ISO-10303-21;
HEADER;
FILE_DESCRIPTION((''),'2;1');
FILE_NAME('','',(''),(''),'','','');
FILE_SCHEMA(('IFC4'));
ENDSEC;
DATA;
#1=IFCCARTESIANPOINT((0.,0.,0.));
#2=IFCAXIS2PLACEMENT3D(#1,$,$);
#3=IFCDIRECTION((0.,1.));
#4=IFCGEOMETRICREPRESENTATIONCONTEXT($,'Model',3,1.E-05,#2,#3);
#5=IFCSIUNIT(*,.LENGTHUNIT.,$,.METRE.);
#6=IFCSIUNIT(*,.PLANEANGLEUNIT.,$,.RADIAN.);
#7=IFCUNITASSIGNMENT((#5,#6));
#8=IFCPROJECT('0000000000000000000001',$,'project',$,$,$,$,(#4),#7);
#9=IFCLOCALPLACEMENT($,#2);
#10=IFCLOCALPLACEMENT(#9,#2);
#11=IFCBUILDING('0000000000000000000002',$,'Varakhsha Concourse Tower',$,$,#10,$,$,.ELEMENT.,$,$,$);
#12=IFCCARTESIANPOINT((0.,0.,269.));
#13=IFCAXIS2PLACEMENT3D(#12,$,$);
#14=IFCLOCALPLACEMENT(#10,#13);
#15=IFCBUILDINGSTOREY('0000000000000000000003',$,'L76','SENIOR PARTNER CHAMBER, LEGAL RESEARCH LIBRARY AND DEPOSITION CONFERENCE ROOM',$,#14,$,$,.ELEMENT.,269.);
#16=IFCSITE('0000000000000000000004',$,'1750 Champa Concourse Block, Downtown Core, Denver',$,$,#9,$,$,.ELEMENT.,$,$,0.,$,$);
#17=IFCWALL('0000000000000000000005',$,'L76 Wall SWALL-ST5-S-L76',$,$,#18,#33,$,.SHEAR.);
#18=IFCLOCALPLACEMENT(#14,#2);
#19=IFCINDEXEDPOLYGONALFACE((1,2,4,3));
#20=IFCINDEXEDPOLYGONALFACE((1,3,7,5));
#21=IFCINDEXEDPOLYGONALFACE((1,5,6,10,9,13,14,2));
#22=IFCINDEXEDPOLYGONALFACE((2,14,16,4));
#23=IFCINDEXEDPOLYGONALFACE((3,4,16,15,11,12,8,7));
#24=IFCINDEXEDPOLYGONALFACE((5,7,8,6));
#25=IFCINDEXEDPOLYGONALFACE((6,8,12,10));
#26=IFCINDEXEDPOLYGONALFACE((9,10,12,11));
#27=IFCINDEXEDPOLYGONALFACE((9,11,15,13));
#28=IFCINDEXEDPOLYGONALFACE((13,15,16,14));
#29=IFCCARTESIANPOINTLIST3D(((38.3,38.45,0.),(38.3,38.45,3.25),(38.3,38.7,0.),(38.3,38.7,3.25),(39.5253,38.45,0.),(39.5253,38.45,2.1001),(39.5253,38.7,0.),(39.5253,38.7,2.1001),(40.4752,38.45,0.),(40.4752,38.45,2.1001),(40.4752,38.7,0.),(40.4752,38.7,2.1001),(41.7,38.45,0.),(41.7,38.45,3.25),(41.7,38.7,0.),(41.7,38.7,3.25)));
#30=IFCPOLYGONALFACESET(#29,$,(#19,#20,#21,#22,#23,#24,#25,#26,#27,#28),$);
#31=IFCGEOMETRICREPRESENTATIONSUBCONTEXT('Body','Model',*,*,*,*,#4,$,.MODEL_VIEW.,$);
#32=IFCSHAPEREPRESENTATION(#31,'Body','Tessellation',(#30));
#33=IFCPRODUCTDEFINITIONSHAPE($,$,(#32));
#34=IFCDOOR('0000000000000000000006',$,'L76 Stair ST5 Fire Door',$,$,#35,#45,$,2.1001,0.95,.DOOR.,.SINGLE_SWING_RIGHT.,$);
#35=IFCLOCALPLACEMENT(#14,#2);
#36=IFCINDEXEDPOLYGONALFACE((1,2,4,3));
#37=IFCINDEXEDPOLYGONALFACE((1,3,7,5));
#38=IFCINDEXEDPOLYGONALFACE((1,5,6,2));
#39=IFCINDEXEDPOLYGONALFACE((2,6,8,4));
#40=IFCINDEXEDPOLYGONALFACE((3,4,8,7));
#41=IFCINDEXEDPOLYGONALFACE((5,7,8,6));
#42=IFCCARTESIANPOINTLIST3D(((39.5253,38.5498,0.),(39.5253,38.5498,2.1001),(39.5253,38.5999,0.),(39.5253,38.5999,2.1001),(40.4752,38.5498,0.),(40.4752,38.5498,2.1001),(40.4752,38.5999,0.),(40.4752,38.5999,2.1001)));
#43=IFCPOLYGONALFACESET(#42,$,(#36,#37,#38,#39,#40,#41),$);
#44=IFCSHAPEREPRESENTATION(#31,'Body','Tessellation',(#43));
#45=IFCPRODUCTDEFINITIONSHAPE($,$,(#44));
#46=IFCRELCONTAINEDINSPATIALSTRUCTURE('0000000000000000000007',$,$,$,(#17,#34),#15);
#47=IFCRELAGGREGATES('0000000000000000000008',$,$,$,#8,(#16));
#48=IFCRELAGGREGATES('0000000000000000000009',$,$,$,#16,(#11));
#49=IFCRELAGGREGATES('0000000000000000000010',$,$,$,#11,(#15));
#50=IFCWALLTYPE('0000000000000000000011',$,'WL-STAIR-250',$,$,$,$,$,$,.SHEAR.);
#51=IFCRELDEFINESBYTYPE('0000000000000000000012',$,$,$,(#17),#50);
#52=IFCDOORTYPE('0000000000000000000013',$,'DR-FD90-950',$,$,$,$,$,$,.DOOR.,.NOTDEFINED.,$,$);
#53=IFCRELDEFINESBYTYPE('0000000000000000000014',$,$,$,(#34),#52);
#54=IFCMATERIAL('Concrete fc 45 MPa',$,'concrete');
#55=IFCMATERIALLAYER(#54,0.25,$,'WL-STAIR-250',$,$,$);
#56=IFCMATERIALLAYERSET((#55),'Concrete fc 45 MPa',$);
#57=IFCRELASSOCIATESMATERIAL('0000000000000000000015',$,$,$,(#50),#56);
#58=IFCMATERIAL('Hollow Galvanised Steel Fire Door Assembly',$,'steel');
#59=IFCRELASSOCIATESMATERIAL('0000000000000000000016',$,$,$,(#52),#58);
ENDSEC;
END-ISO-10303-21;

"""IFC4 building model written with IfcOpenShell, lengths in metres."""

from ifc_helpers import new_model, si_unit, direction, frame, frame_2d, origin, place, context, subcontext, project, spatial, rectangle, extrude, material, layer, layer_set, type_object, element, fill, save


model = new_model("IFC4")

# Units and contexts
model_context = context("Model", 3, precision=1e-05, world=origin(), true_north=direction((0.0, 1.0)))
body_context = subcontext(model_context, "Body", "Model", "MODEL_VIEW")
ifc_project = project(units=[si_unit("LENGTHUNIT", "METRE"), si_unit("PLANEANGLEUNIT", "RADIAN")], contexts=[model_context])

# Site, building, storey
site_placement = place(None, origin())
site = spatial("IfcSite", under=ifc_project, at=site_placement, Name="1750 Champa Concourse Block, Downtown Core, Denver", CompositionType="ELEMENT", RefElevation=0.0)
building_placement = place(site_placement, origin())
building = spatial("IfcBuilding", under=site, at=building_placement, Name="Varakhsha Concourse Tower", CompositionType="ELEMENT")
storey_placement = place(building_placement, frame((0.0, 0.0, 269.0)))
storey = spatial("IfcBuildingStorey", under=building, at=storey_placement, Name="L76", Description="SENIOR PARTNER CHAMBER, LEGAL RESEARCH LIBRARY AND DEPOSITION CONFERENCE ROOM", CompositionType="ELEMENT", Elevation=269.0)

# Shared definitions
ifc_material_1 = material(Name="Hollow Galvanised Steel Fire Door Assembly", Category="steel")

# Shared definitions
ifc_material_2 = material(Name="Concrete fc 45 MPa", Category="concrete")
ifc_layer_1 = layer(ifc_material_2, 0.25, Name="WL-STAIR-250")
ifc_layer_set_1 = layer_set([ifc_layer_1], Name="Concrete fc 45 MPa")
wall_type_1 = type_object("IfcWallType", Name="WL-STAIR-250", PredefinedType="SHEAR", material=ifc_layer_set_1)

# Wall, opening, door
wall_1_placement = place(storey_placement, frame((38.3, 38.575, 0.0), z_axis=(0.0, 0.0, 1.0), x_axis=(1.0, 0.0, 0.0)))
wall_1 = element("IfcWall", 1, at=wall_1_placement, inside=storey, type_object=wall_type_1, Name="L76 Wall SWALL-ST5-S-L76", PredefinedType="SHEAR", context=body_context, shape_type="SweptSolid", body=[
    extrude(rectangle(XDim=3.3999, YDim=0.25, at=frame_2d((1.7, 0.0))), origin(), (0.0, 0.0, 1.0), 3.25),
])
opening_1_placement = place(wall_1_placement, frame((1.2251, 0.0, 0.0)))
opening_1 = element("IfcOpeningElement", 2, at=opening_1_placement, cuts=wall_1, PredefinedType="OPENING", context=body_context, shape_type="SweptSolid", body=[
    extrude(rectangle(XDim=0.95, YDim=2.1001, at=frame_2d((0.4751, 1.05))), frame((0.0, 0.135, 0.0), z_axis=(0.0, -1.0, 0.0), x_axis=(1.0, 0.0, 0.0)), (0.0, 0.0, 1.0), 0.27),
])
door_type_1 = type_object("IfcDoorType", Name="DR-FD90-950", OperationType="NOTDEFINED", PredefinedType="DOOR", material=ifc_material_1)
door_1_placement = place(opening_1_placement, origin())
door_1 = element("IfcDoor", 3, at=door_1_placement, inside=storey, type_object=door_type_1, Name="L76 Stair ST5 Fire Door", OperationType="SINGLE_SWING_RIGHT", OverallHeight=2.1001, OverallWidth=0.95, PredefinedType="DOOR", context=body_context, shape_type="SweptSolid", body=[
    extrude(rectangle(XDim=0.95, YDim=2.1001, at=frame_2d((0.4751, 1.05))), frame((0.0, 0.0249, 0.0), z_axis=(0.0, -1.0, 0.0), x_axis=(1.0, 0.0, 0.0)), (0.0, 0.0, 1.0), 0.05),
])
fill(opening_1, door_1)

save(model, "model.ifc")
